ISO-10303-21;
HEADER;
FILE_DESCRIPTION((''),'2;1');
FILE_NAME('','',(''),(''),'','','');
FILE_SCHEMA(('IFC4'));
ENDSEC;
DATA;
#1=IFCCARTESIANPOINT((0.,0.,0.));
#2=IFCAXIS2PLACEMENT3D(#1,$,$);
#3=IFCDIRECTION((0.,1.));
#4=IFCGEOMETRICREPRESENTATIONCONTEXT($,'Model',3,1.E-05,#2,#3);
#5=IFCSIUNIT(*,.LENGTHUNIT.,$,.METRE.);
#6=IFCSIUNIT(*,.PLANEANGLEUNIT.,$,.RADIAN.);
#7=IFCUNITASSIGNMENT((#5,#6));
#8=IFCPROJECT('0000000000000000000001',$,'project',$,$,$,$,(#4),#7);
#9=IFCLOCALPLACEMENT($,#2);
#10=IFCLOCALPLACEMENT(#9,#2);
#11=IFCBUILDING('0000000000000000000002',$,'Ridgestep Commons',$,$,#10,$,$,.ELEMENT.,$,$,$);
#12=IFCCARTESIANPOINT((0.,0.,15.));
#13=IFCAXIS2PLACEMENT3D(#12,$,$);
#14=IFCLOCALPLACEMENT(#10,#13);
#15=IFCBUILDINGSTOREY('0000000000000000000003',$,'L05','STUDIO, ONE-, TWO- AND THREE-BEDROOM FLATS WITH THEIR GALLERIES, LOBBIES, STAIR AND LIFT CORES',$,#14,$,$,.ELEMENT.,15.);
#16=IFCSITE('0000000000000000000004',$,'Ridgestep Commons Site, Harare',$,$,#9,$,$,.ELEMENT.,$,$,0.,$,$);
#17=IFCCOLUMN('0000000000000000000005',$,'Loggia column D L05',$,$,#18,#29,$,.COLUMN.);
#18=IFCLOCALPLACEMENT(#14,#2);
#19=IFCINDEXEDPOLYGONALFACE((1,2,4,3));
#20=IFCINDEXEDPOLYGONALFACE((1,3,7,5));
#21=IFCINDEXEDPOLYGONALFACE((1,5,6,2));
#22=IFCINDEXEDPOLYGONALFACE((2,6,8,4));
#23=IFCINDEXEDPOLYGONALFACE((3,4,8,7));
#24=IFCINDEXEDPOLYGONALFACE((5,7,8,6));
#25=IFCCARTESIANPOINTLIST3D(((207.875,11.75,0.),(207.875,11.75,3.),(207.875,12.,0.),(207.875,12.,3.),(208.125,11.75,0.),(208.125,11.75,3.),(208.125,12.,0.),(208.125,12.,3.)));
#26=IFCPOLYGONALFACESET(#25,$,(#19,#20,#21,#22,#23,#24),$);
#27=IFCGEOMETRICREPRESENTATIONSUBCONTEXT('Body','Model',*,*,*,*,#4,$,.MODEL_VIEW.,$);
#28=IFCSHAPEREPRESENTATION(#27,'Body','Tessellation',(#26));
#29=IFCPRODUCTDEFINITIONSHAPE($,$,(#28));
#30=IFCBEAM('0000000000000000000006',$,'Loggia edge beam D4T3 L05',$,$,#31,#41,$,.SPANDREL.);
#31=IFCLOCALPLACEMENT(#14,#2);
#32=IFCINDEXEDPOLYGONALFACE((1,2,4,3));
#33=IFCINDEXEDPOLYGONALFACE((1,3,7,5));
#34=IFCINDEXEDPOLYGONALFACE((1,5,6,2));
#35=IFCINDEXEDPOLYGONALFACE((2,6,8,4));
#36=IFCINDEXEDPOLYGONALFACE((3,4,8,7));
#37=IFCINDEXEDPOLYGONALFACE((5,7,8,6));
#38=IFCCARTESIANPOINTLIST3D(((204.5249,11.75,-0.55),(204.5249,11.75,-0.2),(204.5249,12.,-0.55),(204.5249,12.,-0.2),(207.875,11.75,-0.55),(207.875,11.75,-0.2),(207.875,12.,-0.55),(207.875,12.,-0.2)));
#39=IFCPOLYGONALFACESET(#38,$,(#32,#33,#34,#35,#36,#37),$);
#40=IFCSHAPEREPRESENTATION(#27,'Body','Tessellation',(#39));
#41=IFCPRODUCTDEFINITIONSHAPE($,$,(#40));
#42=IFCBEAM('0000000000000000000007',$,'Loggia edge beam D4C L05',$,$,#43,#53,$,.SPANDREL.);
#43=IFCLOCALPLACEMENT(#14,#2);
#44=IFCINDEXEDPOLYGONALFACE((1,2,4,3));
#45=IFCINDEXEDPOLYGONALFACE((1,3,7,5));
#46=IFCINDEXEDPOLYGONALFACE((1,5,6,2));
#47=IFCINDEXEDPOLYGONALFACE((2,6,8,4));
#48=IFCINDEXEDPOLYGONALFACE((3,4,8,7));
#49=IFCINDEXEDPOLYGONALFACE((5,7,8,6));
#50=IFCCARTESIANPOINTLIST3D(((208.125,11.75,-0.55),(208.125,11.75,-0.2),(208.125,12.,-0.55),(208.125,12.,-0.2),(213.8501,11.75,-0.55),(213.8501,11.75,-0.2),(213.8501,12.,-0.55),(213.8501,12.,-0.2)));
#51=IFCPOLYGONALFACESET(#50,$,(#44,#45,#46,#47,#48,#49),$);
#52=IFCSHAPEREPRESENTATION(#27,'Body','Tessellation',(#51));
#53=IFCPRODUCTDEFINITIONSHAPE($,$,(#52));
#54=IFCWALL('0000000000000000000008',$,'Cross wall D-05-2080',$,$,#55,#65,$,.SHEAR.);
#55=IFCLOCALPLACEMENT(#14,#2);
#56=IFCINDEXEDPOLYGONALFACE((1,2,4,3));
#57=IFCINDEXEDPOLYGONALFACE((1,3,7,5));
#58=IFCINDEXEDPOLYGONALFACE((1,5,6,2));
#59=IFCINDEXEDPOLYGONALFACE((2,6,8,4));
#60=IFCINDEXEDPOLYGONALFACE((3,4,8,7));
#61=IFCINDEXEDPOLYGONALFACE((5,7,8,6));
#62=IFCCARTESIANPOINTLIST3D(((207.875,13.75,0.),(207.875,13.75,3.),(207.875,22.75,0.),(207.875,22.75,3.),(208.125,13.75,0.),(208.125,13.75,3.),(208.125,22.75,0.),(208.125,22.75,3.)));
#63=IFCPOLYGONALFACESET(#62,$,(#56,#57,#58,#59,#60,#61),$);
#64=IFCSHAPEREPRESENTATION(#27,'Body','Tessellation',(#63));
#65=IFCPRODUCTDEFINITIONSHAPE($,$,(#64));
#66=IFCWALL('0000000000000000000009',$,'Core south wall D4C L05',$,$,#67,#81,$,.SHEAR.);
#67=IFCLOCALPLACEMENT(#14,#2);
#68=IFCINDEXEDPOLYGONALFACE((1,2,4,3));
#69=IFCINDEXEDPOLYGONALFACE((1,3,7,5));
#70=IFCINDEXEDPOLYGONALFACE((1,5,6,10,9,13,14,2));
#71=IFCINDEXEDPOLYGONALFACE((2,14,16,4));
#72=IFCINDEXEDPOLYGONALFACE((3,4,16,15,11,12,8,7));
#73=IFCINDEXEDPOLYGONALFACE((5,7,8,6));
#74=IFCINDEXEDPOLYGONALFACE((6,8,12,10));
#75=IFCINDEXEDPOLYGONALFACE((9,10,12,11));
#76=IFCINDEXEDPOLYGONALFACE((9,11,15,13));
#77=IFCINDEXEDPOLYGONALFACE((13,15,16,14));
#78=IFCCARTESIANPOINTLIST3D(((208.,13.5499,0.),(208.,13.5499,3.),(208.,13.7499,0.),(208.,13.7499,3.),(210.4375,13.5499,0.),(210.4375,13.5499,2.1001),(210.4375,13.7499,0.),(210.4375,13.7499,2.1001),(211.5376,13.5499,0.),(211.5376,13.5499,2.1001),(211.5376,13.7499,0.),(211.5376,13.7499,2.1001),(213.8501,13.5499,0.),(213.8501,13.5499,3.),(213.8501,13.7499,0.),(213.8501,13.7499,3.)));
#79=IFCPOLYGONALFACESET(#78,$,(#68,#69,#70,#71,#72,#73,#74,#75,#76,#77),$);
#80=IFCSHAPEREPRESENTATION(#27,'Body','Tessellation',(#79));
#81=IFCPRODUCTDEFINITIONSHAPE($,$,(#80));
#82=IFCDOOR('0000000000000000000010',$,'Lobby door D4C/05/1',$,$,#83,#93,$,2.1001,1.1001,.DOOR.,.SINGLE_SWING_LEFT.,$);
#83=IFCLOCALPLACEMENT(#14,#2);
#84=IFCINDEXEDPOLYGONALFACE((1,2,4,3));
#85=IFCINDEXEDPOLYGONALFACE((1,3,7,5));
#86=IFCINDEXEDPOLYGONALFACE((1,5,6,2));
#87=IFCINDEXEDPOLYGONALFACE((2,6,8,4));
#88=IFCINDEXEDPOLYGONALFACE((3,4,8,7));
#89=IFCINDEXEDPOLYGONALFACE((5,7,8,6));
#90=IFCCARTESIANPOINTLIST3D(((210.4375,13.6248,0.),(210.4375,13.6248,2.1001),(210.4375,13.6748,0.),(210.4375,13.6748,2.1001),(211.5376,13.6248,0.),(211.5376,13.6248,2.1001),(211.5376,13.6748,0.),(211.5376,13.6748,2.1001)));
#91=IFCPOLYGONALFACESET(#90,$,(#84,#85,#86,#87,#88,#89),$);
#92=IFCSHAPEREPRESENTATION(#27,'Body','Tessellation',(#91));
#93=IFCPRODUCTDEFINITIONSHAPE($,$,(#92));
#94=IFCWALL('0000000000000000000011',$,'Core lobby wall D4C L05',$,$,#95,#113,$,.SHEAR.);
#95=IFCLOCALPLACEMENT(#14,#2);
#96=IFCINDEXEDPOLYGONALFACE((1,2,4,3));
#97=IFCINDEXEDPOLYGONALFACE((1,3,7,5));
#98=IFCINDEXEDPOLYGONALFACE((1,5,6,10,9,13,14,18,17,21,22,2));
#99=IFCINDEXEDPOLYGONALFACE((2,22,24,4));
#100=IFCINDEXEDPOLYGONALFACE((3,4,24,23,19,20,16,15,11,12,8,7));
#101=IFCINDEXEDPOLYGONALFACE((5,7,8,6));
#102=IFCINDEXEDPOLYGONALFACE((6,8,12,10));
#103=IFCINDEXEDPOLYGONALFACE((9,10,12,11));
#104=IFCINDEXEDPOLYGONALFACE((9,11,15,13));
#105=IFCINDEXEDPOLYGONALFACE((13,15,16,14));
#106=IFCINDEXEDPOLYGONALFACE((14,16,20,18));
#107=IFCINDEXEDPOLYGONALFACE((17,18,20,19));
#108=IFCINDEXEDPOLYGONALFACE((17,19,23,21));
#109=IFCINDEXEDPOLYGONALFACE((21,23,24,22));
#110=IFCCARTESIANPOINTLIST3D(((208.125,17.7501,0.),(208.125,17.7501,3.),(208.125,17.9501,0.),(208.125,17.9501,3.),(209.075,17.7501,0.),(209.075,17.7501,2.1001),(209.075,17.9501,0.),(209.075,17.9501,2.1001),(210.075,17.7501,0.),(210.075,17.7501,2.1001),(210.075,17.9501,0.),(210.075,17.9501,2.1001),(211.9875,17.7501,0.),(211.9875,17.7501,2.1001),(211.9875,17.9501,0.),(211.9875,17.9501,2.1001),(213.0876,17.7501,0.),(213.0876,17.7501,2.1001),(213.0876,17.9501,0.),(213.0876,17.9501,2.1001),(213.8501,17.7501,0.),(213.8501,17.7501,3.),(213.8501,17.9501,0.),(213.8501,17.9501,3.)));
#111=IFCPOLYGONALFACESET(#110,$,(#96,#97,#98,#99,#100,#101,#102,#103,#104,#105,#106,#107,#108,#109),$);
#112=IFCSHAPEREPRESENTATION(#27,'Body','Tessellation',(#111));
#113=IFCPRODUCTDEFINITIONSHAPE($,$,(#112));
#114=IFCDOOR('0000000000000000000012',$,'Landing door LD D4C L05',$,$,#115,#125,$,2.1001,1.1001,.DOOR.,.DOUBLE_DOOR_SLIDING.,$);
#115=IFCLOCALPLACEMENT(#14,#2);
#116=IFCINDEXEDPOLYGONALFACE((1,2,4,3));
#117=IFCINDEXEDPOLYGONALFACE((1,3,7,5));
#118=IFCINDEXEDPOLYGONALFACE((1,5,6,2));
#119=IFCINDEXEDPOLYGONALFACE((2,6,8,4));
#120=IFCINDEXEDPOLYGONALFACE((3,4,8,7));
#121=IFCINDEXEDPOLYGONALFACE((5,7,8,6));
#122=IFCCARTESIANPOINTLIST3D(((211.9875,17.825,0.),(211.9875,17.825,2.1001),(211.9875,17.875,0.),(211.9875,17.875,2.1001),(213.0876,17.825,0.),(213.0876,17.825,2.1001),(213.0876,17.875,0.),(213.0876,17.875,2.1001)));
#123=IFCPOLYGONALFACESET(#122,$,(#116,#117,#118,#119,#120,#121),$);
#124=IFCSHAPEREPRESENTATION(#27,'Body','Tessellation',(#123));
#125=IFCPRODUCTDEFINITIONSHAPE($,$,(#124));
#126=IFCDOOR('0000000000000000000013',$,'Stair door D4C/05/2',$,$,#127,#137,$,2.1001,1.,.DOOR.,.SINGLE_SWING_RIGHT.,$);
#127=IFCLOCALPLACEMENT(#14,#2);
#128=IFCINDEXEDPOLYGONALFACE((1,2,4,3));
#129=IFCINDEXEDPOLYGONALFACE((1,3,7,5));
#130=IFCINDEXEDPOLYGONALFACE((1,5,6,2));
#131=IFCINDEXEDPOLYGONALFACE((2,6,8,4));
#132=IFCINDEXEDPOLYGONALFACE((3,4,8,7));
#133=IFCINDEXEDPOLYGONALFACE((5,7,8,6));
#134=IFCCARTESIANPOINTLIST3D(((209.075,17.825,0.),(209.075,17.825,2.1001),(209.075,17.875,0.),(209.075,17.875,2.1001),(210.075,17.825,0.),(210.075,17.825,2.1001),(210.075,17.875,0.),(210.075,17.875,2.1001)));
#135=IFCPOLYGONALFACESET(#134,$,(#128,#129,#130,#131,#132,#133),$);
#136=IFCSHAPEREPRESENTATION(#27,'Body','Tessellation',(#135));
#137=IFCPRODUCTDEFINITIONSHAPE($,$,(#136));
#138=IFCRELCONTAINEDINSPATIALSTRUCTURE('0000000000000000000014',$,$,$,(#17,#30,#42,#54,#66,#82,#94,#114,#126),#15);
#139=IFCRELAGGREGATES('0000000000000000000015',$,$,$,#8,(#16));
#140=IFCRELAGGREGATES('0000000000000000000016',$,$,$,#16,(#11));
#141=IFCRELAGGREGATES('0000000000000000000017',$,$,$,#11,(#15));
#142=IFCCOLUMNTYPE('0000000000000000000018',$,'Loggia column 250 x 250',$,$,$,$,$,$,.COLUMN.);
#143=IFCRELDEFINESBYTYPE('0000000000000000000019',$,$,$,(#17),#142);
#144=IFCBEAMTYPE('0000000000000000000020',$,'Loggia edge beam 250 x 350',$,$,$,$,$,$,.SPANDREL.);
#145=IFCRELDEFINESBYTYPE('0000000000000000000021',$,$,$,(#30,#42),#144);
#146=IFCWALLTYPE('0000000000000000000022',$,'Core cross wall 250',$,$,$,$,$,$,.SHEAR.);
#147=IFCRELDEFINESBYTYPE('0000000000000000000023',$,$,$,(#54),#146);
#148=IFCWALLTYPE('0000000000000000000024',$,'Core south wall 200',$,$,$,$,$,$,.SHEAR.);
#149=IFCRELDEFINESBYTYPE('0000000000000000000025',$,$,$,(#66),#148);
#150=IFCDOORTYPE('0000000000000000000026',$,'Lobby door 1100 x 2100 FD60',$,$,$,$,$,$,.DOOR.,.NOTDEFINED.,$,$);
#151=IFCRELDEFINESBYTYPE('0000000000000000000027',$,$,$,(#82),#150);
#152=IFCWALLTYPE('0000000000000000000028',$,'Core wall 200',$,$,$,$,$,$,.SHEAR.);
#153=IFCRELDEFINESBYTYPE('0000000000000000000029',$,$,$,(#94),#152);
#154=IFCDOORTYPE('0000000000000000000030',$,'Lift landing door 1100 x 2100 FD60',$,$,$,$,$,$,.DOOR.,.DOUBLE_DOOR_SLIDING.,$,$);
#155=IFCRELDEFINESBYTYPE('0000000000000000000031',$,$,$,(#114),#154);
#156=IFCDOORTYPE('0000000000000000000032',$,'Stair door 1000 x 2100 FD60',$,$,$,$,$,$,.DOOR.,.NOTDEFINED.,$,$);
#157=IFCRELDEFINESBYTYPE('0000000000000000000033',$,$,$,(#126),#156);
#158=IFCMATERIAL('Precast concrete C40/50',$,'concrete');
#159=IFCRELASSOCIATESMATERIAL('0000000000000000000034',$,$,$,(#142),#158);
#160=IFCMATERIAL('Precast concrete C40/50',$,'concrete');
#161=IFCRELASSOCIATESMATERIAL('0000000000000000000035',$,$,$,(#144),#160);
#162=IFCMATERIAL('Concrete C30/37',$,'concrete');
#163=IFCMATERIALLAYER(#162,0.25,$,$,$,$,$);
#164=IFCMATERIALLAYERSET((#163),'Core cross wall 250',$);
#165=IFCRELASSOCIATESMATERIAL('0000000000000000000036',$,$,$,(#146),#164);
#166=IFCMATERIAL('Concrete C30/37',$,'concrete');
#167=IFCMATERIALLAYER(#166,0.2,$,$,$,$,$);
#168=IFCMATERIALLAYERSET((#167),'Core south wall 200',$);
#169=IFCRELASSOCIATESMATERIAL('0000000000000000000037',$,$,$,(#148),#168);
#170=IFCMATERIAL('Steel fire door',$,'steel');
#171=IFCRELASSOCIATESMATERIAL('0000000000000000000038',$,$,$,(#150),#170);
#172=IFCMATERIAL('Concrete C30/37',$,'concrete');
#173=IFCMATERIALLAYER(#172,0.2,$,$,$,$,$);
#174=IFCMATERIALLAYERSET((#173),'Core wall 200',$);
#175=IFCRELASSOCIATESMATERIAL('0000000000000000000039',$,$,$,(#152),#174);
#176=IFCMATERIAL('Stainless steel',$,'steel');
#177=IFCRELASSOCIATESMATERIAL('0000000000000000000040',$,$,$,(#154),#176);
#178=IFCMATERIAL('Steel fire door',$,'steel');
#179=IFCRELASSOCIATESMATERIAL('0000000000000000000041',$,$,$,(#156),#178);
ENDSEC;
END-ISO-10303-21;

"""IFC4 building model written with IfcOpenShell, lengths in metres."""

from ifc_helpers import new_model, si_unit, direction, frame, frame_2d, origin, origin_2d, place, context, subcontext, project, spatial, rectangle, extrude, material, layer, layer_set, material_profile, profile_set, type_object, element, fill, save


model = new_model("IFC4")

# Units and contexts
model_context = context("Model", 3, precision=1e-05, world=origin(), true_north=direction((0.0, 1.0)))
body_context = subcontext(model_context, "Body", "Model", "MODEL_VIEW")
ifc_project = project(units=[si_unit("LENGTHUNIT", "METRE"), si_unit("PLANEANGLEUNIT", "RADIAN")], contexts=[model_context])

# Site, building, storey
site_placement = place(None, origin())
site = spatial("IfcSite", under=ifc_project, at=site_placement, Name="Ridgestep Commons Site, Harare", CompositionType="ELEMENT", RefElevation=0.0)
building_placement = place(site_placement, origin())
building = spatial("IfcBuilding", under=site, at=building_placement, Name="Ridgestep Commons", CompositionType="ELEMENT")
storey_placement = place(building_placement, frame((0.0, 0.0, 15.0)))
storey = spatial("IfcBuildingStorey", under=building, at=storey_placement, Name="L05", Description="STUDIO, ONE-, TWO- AND THREE-BEDROOM FLATS WITH THEIR GALLERIES, LOBBIES, STAIR AND LIFT CORES", CompositionType="ELEMENT", Elevation=15.0)

# Column
ifc_material_1 = material(Name="Precast concrete C40/50", Category="concrete")
ifc_material_profile_1 = material_profile(ifc_material_1, rectangle(XDim=0.25, YDim=0.25, at=origin_2d()), Name="PC 250x250")
ifc_profile_set_1 = profile_set([ifc_material_profile_1], Name="Precast concrete C40/50")
column_type = type_object("IfcColumnType", Name="Loggia column 250 x 250", PredefinedType="COLUMN", material=ifc_profile_set_1)
column_placement = place(storey_placement, frame((208.0, 11.875, 0.0), z_axis=(0.0, 0.0, 1.0), x_axis=(1.0, 0.0, 0.0)))
element("IfcColumn", 1, at=column_placement, inside=storey, type_object=column_type, Name="Loggia column D L05", PredefinedType="COLUMN", context=body_context, shape_type="SweptSolid", body=[
    extrude(rectangle(XDim=0.25, YDim=0.25, at=origin_2d()), origin(), (0.0, 0.0, 1.0), 3.0),
])

# Beams
ifc_material_2 = material(Name="Precast concrete C40/50", Category="concrete")
ifc_material_profile_2 = material_profile(ifc_material_2, rectangle(XDim=0.25, YDim=0.3501, at=origin_2d()), Name="PC 250x350")
ifc_profile_set_2 = profile_set([ifc_material_profile_2], Name="Precast concrete C40/50")
beam_type = type_object("IfcBeamType", Name="Loggia edge beam 250 x 350", PredefinedType="SPANDREL", material=ifc_profile_set_2)
beam_1_placement = place(storey_placement, frame((204.5249, 11.875, -0.375), z_axis=(1.0, 0.0, 0.0), x_axis=(0.0, 1.0, 0.0)))
element("IfcBeam", 2, at=beam_1_placement, inside=storey, type_object=beam_type, Name="Loggia edge beam D4T3 L05", PredefinedType="SPANDREL", context=body_context, shape_type="SweptSolid", body=[
    extrude(rectangle(XDim=0.25, YDim=0.3501, at=origin_2d()), origin(), (0.0, 0.0, 1.0), 3.3501),
])
beam_2_placement = place(storey_placement, frame((208.125, 11.875, -0.375), z_axis=(1.0, 0.0, 0.0), x_axis=(0.0, 1.0, 0.0)))
element("IfcBeam", 3, at=beam_2_placement, inside=storey, type_object=beam_type, Name="Loggia edge beam D4C L05", PredefinedType="SPANDREL", context=body_context, shape_type="SweptSolid", body=[
    extrude(rectangle(XDim=0.25, YDim=0.3501, at=origin_2d()), origin(), (0.0, 0.0, 1.0), 5.7251),
])

# Wall
ifc_material_3 = material(Name="Concrete C30/37", Category="concrete")
ifc_layer_1 = layer(ifc_material_3, 0.25)
ifc_layer_set_1 = layer_set([ifc_layer_1], Name="Core cross wall 250")
wall_type_1 = type_object("IfcWallType", Name="Core cross wall 250", PredefinedType="SHEAR", material=ifc_layer_set_1)
wall_1_placement = place(storey_placement, frame((208.0, 13.75, 0.0), z_axis=(0.0, 0.0, 1.0), x_axis=(0.0, 1.0, 0.0)))
element("IfcWall", 4, at=wall_1_placement, inside=storey, type_object=wall_type_1, Name="Cross wall D-05-2080", PredefinedType="SHEAR", context=body_context, shape_type="SweptSolid", body=[
    extrude(rectangle(XDim=9.0, YDim=0.25, at=frame_2d((4.5, 0.0))), origin(), (0.0, 0.0, 1.0), 3.0),
])

# Wall, opening, door
ifc_material_4 = material(Name="Concrete C30/37", Category="concrete")
ifc_layer_2 = layer(ifc_material_4, 0.2)
ifc_layer_set_2 = layer_set([ifc_layer_2], Name="Core south wall 200")
wall_type_2 = type_object("IfcWallType", Name="Core south wall 200", PredefinedType="SHEAR", material=ifc_layer_set_2)
wall_2_placement = place(storey_placement, frame((208.0, 13.6499, 0.0), z_axis=(0.0, 0.0, 1.0), x_axis=(1.0, 0.0, 0.0)))
wall_2 = element("IfcWall", 5, at=wall_2_placement, inside=storey, type_object=wall_type_2, Name="Core south wall D4C L05", PredefinedType="SHEAR", context=body_context, shape_type="SweptSolid", body=[
    extrude(rectangle(XDim=5.8501, YDim=0.2, at=frame_2d((2.925, 0.0))), origin(), (0.0, 0.0, 1.0), 3.0),
])
opening_1_placement = place(wall_2_placement, frame((2.4375, 0.0, 0.0)))
opening_1 = element("IfcOpeningElement", 6, at=opening_1_placement, cuts=wall_2, PredefinedType="OPENING", context=body_context, shape_type="SweptSolid", body=[
    extrude(rectangle(XDim=1.1001, YDim=2.1001, at=frame_2d((0.55, 1.05))), frame((0.0, 0.1099, 0.0), z_axis=(0.0, -1.0, 0.0), x_axis=(1.0, 0.0, 0.0)), (0.0, 0.0, 1.0), 0.22),
])
ifc_material_5 = material(Name="Steel fire door", Category="steel")
door_type_1 = type_object("IfcDoorType", Name="Lobby door 1100 x 2100 FD60", OperationType="NOTDEFINED", PredefinedType="DOOR", material=ifc_material_5)
door_1_placement = place(opening_1_placement, origin())
door_1 = element("IfcDoor", 7, at=door_1_placement, inside=storey, type_object=door_type_1, Name="Lobby door D4C/05/1", OperationType="SINGLE_SWING_LEFT", OverallHeight=2.1001, OverallWidth=1.1001, PredefinedType="DOOR", context=body_context, shape_type="SweptSolid", body=[
    extrude(rectangle(XDim=1.1001, YDim=2.1001, at=frame_2d((0.55, 1.05))), frame((0.0, 0.0249, 0.0), z_axis=(0.0, -1.0, 0.0), x_axis=(1.0, 0.0, 0.0)), (0.0, 0.0, 1.0), 0.05),
])
fill(opening_1, door_1)

# Wall, openings, doors
ifc_material_6 = material(Name="Concrete C30/37", Category="concrete")
ifc_layer_3 = layer(ifc_material_6, 0.2)
ifc_layer_set_3 = layer_set([ifc_layer_3], Name="Core wall 200")
wall_type_3 = type_object("IfcWallType", Name="Core wall 200", PredefinedType="SHEAR", material=ifc_layer_set_3)
wall_3_placement = place(storey_placement, frame((208.125, 17.8501, 0.0), z_axis=(0.0, 0.0, 1.0), x_axis=(1.0, 0.0, 0.0)))
wall_3 = element("IfcWall", 8, at=wall_3_placement, inside=storey, type_object=wall_type_3, Name="Core lobby wall D4C L05", PredefinedType="SHEAR", context=body_context, shape_type="SweptSolid", body=[
    extrude(rectangle(XDim=5.7251, YDim=0.2, at=frame_2d((2.8625, 0.0))), origin(), (0.0, 0.0, 1.0), 3.0),
])
opening_2_placement = place(wall_3_placement, frame((0.95, 0.0, 0.0)))
opening_2 = element("IfcOpeningElement", 9, at=opening_2_placement, cuts=wall_3, PredefinedType="OPENING", context=body_context, shape_type="SweptSolid", body=[
    extrude(rectangle(XDim=1.0, YDim=2.1001, at=frame_2d((0.5, 1.05))), frame((0.0, 0.1099, 0.0), z_axis=(0.0, -1.0, 0.0), x_axis=(1.0, 0.0, 0.0)), (0.0, 0.0, 1.0), 0.22),
])
opening_3_placement = place(wall_3_placement, frame((3.8625, 0.0, 0.0)))
opening_3 = element("IfcOpeningElement", 10, at=opening_3_placement, cuts=wall_3, PredefinedType="OPENING", context=body_context, shape_type="SweptSolid", body=[
    extrude(rectangle(XDim=1.1001, YDim=2.1001, at=frame_2d((0.55, 1.05))), frame((0.0, 0.1099, 0.0), z_axis=(0.0, -1.0, 0.0), x_axis=(1.0, 0.0, 0.0)), (0.0, 0.0, 1.0), 0.22),
])
ifc_material_7 = material(Name="Stainless steel", Category="steel")
door_type_2 = type_object("IfcDoorType", Name="Lift landing door 1100 x 2100 FD60", OperationType="DOUBLE_DOOR_SLIDING", PredefinedType="DOOR", material=ifc_material_7)
door_2_placement = place(opening_3_placement, origin())
door_2 = element("IfcDoor", 11, at=door_2_placement, inside=storey, type_object=door_type_2, Name="Landing door LD D4C L05", OperationType="DOUBLE_DOOR_SLIDING", OverallHeight=2.1001, OverallWidth=1.1001, PredefinedType="DOOR", context=body_context, shape_type="SweptSolid", body=[
    extrude(rectangle(XDim=1.1001, YDim=2.1001, at=frame_2d((0.55, 1.05))), frame((0.0, 0.0249, 0.0), z_axis=(0.0, -1.0, 0.0), x_axis=(1.0, 0.0, 0.0)), (0.0, 0.0, 1.0), 0.05),
])
fill(opening_3, door_2)
ifc_material_8 = material(Name="Steel fire door", Category="steel")
door_type_3 = type_object("IfcDoorType", Name="Stair door 1000 x 2100 FD60", OperationType="NOTDEFINED", PredefinedType="DOOR", material=ifc_material_8)
door_3_placement = place(opening_2_placement, origin())
door_3 = element("IfcDoor", 12, at=door_3_placement, inside=storey, type_object=door_type_3, Name="Stair door D4C/05/2", OperationType="SINGLE_SWING_RIGHT", OverallHeight=2.1001, OverallWidth=1.0, PredefinedType="DOOR", context=body_context, shape_type="SweptSolid", body=[
    extrude(rectangle(XDim=1.0, YDim=2.1001, at=frame_2d((0.5, 1.05))), frame((0.0, 0.0249, 0.0), z_axis=(0.0, -1.0, 0.0), x_axis=(1.0, 0.0, 0.0)), (0.0, 0.0, 1.0), 0.05),
])
fill(opening_2, door_3)

save(model, "model.ifc")
